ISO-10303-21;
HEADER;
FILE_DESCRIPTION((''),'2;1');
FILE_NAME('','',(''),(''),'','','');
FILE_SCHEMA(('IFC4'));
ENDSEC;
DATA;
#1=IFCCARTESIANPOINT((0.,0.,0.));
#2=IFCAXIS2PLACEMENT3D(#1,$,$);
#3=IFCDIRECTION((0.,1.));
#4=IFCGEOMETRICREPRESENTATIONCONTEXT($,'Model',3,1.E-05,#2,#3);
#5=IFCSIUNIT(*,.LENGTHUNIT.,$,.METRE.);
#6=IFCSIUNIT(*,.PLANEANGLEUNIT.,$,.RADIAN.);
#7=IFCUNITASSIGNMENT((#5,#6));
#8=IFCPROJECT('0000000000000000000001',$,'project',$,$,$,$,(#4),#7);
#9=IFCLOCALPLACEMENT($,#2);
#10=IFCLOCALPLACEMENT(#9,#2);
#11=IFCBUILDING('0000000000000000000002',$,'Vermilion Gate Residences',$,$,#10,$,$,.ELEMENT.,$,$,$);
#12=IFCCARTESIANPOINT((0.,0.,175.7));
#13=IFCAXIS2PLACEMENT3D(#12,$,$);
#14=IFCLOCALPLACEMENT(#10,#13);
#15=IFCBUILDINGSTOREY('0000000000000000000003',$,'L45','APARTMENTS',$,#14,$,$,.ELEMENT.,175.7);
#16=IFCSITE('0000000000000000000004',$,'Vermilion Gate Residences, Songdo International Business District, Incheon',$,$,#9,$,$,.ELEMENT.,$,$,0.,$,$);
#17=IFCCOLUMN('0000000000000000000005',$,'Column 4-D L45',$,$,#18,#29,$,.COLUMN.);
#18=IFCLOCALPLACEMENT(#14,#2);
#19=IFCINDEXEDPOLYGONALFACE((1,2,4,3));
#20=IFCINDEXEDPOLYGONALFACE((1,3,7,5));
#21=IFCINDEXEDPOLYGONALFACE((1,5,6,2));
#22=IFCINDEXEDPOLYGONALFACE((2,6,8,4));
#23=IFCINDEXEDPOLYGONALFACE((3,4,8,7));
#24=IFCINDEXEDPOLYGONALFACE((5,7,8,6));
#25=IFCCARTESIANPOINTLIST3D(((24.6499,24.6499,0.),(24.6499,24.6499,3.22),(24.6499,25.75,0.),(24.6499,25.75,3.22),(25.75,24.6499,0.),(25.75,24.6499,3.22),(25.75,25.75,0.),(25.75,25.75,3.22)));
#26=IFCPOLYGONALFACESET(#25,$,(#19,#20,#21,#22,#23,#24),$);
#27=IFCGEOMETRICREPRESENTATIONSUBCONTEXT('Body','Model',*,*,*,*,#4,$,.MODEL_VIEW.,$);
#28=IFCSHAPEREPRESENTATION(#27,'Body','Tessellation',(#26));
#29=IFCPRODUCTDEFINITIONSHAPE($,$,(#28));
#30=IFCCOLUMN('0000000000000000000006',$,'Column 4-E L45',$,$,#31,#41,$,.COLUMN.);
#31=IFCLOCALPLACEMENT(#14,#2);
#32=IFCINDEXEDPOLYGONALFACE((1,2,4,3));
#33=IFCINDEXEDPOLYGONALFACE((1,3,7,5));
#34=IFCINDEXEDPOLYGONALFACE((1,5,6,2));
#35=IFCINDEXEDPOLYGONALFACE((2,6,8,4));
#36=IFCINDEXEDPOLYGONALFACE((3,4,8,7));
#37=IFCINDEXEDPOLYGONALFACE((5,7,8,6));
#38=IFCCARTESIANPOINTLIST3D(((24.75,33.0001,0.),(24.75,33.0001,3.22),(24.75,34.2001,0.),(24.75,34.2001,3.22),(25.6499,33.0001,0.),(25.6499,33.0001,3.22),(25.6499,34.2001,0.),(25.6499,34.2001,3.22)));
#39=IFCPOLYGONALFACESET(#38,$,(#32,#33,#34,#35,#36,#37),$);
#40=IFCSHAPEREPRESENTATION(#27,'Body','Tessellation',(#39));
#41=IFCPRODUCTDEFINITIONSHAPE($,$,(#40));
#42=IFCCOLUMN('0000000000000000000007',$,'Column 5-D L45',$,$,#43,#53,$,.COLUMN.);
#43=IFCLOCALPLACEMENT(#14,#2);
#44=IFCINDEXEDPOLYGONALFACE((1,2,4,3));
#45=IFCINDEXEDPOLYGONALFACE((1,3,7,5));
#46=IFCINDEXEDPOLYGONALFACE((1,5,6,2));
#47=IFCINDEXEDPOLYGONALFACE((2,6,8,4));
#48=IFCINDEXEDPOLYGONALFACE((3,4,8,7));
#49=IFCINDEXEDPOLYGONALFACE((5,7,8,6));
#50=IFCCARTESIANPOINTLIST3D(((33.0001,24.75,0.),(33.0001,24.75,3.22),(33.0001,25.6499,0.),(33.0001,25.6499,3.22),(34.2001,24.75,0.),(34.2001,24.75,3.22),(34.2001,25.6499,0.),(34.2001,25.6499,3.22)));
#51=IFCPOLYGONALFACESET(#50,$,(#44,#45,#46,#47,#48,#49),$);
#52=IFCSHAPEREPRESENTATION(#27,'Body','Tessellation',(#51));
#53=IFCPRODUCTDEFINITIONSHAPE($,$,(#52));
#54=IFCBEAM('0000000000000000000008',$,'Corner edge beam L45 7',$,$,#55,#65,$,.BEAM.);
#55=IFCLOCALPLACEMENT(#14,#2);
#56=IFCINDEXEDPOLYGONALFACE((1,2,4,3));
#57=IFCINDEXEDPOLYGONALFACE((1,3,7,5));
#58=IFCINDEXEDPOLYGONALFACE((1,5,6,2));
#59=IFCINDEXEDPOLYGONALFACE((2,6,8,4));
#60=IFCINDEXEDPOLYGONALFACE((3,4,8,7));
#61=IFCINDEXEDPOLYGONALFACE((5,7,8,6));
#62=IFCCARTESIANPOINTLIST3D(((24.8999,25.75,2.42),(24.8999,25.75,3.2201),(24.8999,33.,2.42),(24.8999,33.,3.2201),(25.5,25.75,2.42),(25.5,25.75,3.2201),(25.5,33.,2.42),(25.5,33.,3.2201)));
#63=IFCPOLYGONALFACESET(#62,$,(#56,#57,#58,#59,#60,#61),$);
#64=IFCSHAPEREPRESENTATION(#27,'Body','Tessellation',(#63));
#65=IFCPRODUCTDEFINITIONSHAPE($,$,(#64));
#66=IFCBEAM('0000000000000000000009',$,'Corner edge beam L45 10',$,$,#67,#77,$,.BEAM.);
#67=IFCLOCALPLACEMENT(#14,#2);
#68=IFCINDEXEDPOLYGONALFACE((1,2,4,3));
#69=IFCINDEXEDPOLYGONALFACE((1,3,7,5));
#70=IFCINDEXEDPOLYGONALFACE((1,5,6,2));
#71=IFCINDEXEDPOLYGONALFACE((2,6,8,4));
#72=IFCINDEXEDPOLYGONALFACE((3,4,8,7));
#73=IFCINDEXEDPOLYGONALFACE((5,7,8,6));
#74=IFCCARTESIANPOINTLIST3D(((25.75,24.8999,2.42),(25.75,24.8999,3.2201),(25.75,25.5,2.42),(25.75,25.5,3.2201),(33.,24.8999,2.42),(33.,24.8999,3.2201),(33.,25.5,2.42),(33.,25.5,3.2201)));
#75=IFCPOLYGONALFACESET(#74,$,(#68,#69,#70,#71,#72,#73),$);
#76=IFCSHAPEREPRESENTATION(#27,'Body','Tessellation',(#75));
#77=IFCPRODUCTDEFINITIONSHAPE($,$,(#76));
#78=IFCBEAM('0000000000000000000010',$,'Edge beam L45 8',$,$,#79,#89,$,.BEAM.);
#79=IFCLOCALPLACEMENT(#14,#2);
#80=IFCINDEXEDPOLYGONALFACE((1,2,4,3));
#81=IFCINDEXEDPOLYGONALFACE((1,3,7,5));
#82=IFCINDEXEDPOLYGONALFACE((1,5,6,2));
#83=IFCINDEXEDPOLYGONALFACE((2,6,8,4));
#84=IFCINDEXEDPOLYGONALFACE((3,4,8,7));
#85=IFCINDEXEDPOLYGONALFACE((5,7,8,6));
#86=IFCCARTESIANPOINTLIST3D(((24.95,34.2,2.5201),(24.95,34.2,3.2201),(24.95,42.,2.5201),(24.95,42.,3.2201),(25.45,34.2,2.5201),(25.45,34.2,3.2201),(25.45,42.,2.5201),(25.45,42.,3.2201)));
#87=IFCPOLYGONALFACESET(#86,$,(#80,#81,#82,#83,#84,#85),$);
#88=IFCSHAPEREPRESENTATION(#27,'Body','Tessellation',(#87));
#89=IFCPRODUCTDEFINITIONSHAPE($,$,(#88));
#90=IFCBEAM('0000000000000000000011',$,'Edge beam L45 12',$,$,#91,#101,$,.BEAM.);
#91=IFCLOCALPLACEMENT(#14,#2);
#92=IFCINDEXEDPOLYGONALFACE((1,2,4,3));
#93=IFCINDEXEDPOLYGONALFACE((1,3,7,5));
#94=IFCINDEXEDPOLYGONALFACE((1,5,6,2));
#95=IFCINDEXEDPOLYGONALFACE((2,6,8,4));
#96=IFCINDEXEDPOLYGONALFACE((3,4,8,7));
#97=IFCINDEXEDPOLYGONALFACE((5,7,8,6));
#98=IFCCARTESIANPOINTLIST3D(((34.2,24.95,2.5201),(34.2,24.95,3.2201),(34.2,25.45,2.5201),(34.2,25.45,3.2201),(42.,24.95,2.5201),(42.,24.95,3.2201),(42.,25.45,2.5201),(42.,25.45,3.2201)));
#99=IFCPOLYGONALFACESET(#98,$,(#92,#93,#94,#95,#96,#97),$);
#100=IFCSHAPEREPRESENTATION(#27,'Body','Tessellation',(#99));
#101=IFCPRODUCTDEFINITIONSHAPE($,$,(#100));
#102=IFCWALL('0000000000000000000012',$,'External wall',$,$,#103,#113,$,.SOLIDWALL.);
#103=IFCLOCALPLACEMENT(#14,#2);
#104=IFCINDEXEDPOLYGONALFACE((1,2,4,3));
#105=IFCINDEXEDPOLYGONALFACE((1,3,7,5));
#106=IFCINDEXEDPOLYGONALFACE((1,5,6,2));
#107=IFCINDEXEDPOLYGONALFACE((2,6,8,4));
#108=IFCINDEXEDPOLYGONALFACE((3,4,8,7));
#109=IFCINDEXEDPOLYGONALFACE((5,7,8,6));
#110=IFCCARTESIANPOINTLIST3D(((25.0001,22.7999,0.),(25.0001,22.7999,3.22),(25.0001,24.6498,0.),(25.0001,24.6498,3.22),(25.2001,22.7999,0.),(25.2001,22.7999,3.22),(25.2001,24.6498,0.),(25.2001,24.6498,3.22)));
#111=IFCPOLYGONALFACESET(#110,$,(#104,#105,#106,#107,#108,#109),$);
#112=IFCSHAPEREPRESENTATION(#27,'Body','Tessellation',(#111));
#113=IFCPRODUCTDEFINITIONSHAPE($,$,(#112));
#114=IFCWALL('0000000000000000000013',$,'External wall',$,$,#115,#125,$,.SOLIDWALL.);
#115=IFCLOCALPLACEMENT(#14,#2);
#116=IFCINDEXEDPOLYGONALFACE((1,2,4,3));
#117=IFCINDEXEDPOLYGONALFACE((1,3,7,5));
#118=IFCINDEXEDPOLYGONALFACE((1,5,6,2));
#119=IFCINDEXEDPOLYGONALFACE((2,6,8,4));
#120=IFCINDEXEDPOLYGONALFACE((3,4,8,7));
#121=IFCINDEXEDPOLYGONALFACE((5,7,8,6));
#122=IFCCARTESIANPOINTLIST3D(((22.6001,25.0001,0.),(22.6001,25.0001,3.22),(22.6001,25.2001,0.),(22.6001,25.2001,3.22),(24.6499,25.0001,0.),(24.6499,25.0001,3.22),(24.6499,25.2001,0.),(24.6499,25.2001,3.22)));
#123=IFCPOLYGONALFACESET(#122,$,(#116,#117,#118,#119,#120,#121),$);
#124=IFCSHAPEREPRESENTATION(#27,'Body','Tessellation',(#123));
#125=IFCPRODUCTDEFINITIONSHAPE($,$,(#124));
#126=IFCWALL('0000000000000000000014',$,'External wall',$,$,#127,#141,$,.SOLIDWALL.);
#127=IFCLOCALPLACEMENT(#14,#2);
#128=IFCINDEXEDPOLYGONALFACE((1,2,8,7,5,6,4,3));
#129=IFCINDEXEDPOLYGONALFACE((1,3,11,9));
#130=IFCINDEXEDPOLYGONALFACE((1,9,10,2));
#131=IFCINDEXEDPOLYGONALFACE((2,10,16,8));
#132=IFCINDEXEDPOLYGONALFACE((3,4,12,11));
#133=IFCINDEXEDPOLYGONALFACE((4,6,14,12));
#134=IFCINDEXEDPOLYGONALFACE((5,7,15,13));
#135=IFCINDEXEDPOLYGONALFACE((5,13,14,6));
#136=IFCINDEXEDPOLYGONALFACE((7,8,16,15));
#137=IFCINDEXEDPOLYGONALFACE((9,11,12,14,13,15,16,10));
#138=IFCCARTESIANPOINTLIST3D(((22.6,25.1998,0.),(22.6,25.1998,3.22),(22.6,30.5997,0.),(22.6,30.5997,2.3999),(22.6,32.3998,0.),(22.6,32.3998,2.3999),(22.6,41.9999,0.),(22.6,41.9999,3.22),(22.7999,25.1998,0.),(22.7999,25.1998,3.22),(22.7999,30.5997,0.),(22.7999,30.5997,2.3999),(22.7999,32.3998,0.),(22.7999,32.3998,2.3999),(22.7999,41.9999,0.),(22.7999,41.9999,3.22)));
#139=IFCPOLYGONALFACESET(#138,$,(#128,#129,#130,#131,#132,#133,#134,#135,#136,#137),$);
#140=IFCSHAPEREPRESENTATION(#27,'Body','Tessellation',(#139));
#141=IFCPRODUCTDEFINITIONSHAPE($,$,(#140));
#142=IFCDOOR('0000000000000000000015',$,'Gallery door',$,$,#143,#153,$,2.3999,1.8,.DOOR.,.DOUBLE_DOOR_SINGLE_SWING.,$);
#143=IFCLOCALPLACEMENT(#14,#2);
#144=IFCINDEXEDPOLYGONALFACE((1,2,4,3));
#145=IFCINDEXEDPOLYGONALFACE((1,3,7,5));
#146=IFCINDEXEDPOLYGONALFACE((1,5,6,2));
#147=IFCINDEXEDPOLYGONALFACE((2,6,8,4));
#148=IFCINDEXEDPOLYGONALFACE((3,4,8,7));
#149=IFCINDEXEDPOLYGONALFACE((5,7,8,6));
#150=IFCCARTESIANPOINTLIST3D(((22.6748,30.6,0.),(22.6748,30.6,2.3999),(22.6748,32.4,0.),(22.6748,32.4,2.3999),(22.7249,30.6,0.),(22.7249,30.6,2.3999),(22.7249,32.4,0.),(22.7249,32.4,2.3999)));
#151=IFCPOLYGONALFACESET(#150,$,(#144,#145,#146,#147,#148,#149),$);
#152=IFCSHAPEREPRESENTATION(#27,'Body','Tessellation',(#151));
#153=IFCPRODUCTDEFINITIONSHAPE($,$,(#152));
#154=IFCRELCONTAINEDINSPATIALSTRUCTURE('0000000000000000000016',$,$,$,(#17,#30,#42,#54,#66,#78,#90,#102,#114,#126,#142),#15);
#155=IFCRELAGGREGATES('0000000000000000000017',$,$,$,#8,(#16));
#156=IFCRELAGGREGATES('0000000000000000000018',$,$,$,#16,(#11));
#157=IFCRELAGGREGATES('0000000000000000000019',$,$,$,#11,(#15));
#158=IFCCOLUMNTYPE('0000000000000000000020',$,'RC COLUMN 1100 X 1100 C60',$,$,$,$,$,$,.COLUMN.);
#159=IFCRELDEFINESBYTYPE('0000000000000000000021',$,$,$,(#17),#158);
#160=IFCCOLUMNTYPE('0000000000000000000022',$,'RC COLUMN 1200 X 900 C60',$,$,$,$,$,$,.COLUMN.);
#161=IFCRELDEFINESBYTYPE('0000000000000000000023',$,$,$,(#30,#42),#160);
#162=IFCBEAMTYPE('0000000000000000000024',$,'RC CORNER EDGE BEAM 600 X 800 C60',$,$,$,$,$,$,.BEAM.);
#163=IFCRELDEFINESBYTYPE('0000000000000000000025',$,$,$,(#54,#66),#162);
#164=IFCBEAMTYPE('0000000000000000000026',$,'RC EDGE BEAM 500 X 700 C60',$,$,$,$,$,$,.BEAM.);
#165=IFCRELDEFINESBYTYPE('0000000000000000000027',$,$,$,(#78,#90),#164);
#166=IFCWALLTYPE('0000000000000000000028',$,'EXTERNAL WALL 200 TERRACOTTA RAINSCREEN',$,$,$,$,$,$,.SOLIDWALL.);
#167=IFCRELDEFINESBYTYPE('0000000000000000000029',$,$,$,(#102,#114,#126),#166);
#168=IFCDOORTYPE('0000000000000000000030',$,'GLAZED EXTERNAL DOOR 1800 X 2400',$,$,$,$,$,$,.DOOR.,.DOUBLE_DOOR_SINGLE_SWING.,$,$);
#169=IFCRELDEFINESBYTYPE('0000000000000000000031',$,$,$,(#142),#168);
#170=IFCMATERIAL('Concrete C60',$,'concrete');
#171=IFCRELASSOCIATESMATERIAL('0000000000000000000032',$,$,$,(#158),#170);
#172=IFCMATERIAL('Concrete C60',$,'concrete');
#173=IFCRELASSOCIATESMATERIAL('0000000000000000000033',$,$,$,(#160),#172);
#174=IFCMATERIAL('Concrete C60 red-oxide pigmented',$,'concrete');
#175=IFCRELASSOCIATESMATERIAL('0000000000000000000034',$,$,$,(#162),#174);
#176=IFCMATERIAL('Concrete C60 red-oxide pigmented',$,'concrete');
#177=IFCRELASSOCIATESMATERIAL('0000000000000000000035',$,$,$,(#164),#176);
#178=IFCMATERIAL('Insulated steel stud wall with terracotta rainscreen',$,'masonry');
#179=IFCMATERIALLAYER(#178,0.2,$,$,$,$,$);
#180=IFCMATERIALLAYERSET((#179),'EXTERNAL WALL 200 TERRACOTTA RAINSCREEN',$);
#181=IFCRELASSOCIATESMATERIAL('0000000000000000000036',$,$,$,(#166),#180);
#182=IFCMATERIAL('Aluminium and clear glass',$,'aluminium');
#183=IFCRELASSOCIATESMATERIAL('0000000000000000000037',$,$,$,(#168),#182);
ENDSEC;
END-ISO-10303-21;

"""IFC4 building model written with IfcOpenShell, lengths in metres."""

from ifc_helpers import new_model, si_unit, direction, frame, frame_2d, origin, origin_2d, place, context, subcontext, project, spatial, rectangle, extrude, material, layer, layer_set, material_profile, profile_set, type_object, element, fill, save


model = new_model("IFC4")

# Units and contexts
model_context = context("Model", 3, precision=1e-05, world=origin(), true_north=direction((0.0, 1.0)))
body_context = subcontext(model_context, "Body", "Model", "MODEL_VIEW")
ifc_project = project(units=[si_unit("LENGTHUNIT", "METRE"), si_unit("PLANEANGLEUNIT", "RADIAN")], contexts=[model_context])

# Site, building, storey
site_placement = place(None, origin())
site = spatial("IfcSite", under=ifc_project, at=site_placement, Name="Vermilion Gate Residences, Songdo International Business District, Incheon", CompositionType="ELEMENT", RefElevation=0.0)
building_placement = place(site_placement, origin())
building = spatial("IfcBuilding", under=site, at=building_placement, Name="Vermilion Gate Residences", CompositionType="ELEMENT")
storey_placement = place(building_placement, frame((0.0, 0.0, 175.7)))
storey = spatial("IfcBuildingStorey", under=building, at=storey_placement, Name="L45", Description="APARTMENTS", CompositionType="ELEMENT", Elevation=175.7)

# Columns
ifc_material_1 = material(Name="Concrete C60", Category="concrete")
ifc_material_profile_1 = material_profile(ifc_material_1, rectangle(XDim=1.1001, YDim=1.1001, at=origin_2d()), Name="RC-1100x1100")
ifc_profile_set_1 = profile_set([ifc_material_profile_1], Name="Concrete C60")
column_type_1 = type_object("IfcColumnType", Name="RC COLUMN 1100 X 1100 C60", PredefinedType="COLUMN", material=ifc_profile_set_1)
column_placement = place(storey_placement, frame((25.2, 25.2, 0.0), z_axis=(0.0, 0.0, 1.0), x_axis=(1.0, 0.0, 0.0)))
element("IfcColumn", 1, at=column_placement, inside=storey, type_object=column_type_1, Name="Column 4-D L45", PredefinedType="COLUMN", context=body_context, shape_type="SweptSolid", body=[
    extrude(rectangle(XDim=1.1001, YDim=1.1001, at=origin_2d()), origin(), (0.0, 0.0, 1.0), 3.22),
])
ifc_material_2 = material(Name="Concrete C60", Category="concrete")
ifc_material_profile_2 = material_profile(ifc_material_2, rectangle(XDim=1.2, YDim=0.8999, at=origin_2d()), Name="RC-1200x900")
ifc_profile_set_2 = profile_set([ifc_material_profile_2], Name="Concrete C60")
column_type_2 = type_object("IfcColumnType", Name="RC COLUMN 1200 X 900 C60", PredefinedType="COLUMN", material=ifc_profile_set_2)
for number, where, z_axis, x_axis, name in (
    (2, (25.2, 33.6001, 0.0), (0.0, 0.0, 1.0), (0.0, 1.0, 0.0), "Column 4-E L45"),
    (3, (33.6001, 25.2, 0.0), (0.0, 0.0, 1.0), (1.0, 0.0, 0.0), "Column 5-D L45"),
):
    element("IfcColumn", number, at=place(storey_placement, frame(where, z_axis=z_axis, x_axis=x_axis)), inside=storey, type_object=column_type_2, Name=name, PredefinedType="COLUMN", context=body_context, shape_type="SweptSolid", body=[
        extrude(rectangle(XDim=1.2, YDim=0.8999, at=origin_2d()), origin(), (0.0, 0.0, 1.0), 3.22),
    ])

# Beams
ifc_material_3 = material(Name="Concrete C60 red-oxide pigmented", Category="concrete")
ifc_material_profile_3 = material_profile(ifc_material_3, rectangle(XDim=0.6001, YDim=0.8, at=origin_2d()), Name="RC-600x800")
ifc_profile_set_3 = profile_set([ifc_material_profile_3], Name="Concrete C60 red-oxide pigmented")
beam_type_1 = type_object("IfcBeamType", Name="RC CORNER EDGE BEAM 600 X 800 C60", PredefinedType="BEAM", material=ifc_profile_set_3)
for number, where, z_axis, x_axis, name in (
    (4, (25.2, 25.75, 2.8201), (0.0, 1.0, 0.0), (-1.0, 0.0, 0.0), "Corner edge beam L45 7"),
    (5, (25.75, 25.2, 2.8201), (1.0, 0.0, 0.0), (0.0, 1.0, 0.0), "Corner edge beam L45 10"),
):
    element("IfcBeam", number, at=place(storey_placement, frame(where, z_axis=z_axis, x_axis=x_axis)), inside=storey, type_object=beam_type_1, Name=name, PredefinedType="BEAM", context=body_context, shape_type="SweptSolid", body=[
        extrude(rectangle(XDim=0.6001, YDim=0.8, at=origin_2d()), origin(), (0.0, 0.0, 1.0), 7.25),
    ])
ifc_material_4 = material(Name="Concrete C60 red-oxide pigmented", Category="concrete")
ifc_material_profile_4 = material_profile(ifc_material_4, rectangle(XDim=0.5, YDim=0.7, at=origin_2d()), Name="RC-500x700")
ifc_profile_set_4 = profile_set([ifc_material_profile_4], Name="Concrete C60 red-oxide pigmented")
beam_type_2 = type_object("IfcBeamType", Name="RC EDGE BEAM 500 X 700 C60", PredefinedType="BEAM", material=ifc_profile_set_4)
for number, where, z_axis, x_axis, name in (
    (6, (25.2, 34.2, 2.8701), (0.0, 1.0, 0.0), (-1.0, 0.0, 0.0), "Edge beam L45 8"),
    (7, (34.2, 25.2, 2.8701), (1.0, 0.0, 0.0), (0.0, 1.0, 0.0), "Edge beam L45 12"),
):
    element("IfcBeam", number, at=place(storey_placement, frame(where, z_axis=z_axis, x_axis=x_axis)), inside=storey, type_object=beam_type_2, Name=name, PredefinedType="BEAM", context=body_context, shape_type="SweptSolid", body=[
        extrude(rectangle(XDim=0.5, YDim=0.7, at=origin_2d()), origin(), (0.0, 0.0, 1.0), 7.8),
    ])

# Walls
ifc_material_5 = material(Name="Insulated steel stud wall with terracotta rainscreen", Category="masonry")
ifc_layer_1 = layer(ifc_material_5, 0.2)
ifc_layer_set_1 = layer_set([ifc_layer_1], Name="EXTERNAL WALL 200 TERRACOTTA RAINSCREEN")
wall_type_1 = type_object("IfcWallType", Name="EXTERNAL WALL 200 TERRACOTTA RAINSCREEN", PredefinedType="SOLIDWALL", material=ifc_layer_set_1)
wall_1_placement = place(storey_placement, frame((25.1001, 22.8, 0.0), z_axis=(0.0, 0.0, 1.0), x_axis=(0.0, 1.0, 0.0)))
element("IfcWall", 8, at=wall_1_placement, inside=storey, type_object=wall_type_1, Name="External wall", PredefinedType="SOLIDWALL", context=body_context, shape_type="SweptSolid", body=[
    extrude(rectangle(XDim=1.8499, YDim=0.2, at=frame_2d((0.9248, 0.0))), origin(), (0.0, 0.0, 1.0), 3.22),
])
wall_2_placement = place(storey_placement, frame((24.6499, 25.1001, 0.0), z_axis=(0.0, 0.0, 1.0), x_axis=(-1.0, 0.0, 0.0)))
element("IfcWall", 9, at=wall_2_placement, inside=storey, type_object=wall_type_1, Name="External wall", PredefinedType="SOLIDWALL", context=body_context, shape_type="SweptSolid", body=[
    extrude(rectangle(XDim=2.0498, YDim=0.2, at=frame_2d((1.0249, 0.0))), origin(), (0.0, 0.0, 1.0), 3.22),
])

# Wall, opening, door
wall_3_placement = place(storey_placement, frame((22.7, 25.2, 0.0), z_axis=(0.0, 0.0, 1.0), x_axis=(0.0, 1.0, 0.0)))
wall_3 = element("IfcWall", 10, at=wall_3_placement, inside=storey, type_object=wall_type_1, Name="External wall", PredefinedType="SOLIDWALL", context=body_context, shape_type="SweptSolid", body=[
    extrude(rectangle(XDim=16.8, YDim=0.2, at=frame_2d((8.3999, 0.0))), origin(), (0.0, 0.0, 1.0), 3.22),
])
opening_1_placement = place(wall_3_placement, frame((5.3999, 0.0, 0.0)))
opening_1 = element("IfcOpeningElement", 11, at=opening_1_placement, cuts=wall_3, PredefinedType="OPENING", context=body_context, shape_type="SweptSolid", body=[
    extrude(rectangle(XDim=1.8, YDim=2.3999, at=frame_2d((0.8999, 1.2))), frame((0.0, 0.1099, 0.0), z_axis=(0.0, -1.0, 0.0), x_axis=(1.0, 0.0, 0.0)), (0.0, 0.0, 1.0), 0.22),
])
ifc_material_6 = material(Name="Aluminium and clear glass", Category="aluminium")
door_type = type_object("IfcDoorType", Name="GLAZED EXTERNAL DOOR 1800 X 2400", OperationType="DOUBLE_DOOR_SINGLE_SWING", PredefinedType="DOOR", material=ifc_material_6)
door_placement = place(opening_1_placement, frame((1.8, 0.0, 0.0), z_axis=(0.0, 0.0, 1.0), x_axis=(-1.0, 0.0, 0.0)))
door = element("IfcDoor", 12, at=door_placement, inside=storey, type_object=door_type, Name="Gallery door", OperationType="DOUBLE_DOOR_SINGLE_SWING", OverallHeight=2.3999, OverallWidth=1.8, PredefinedType="DOOR", context=body_context, shape_type="SweptSolid", body=[
    extrude(rectangle(XDim=1.8, YDim=2.3999, at=frame_2d((0.8999, 1.2))), frame((0.0, 0.0249, 0.0), z_axis=(0.0, -1.0, 0.0), x_axis=(1.0, 0.0, 0.0)), (0.0, 0.0, 1.0), 0.05),
])
fill(opening_1, door)

save(model, "model.ifc")
